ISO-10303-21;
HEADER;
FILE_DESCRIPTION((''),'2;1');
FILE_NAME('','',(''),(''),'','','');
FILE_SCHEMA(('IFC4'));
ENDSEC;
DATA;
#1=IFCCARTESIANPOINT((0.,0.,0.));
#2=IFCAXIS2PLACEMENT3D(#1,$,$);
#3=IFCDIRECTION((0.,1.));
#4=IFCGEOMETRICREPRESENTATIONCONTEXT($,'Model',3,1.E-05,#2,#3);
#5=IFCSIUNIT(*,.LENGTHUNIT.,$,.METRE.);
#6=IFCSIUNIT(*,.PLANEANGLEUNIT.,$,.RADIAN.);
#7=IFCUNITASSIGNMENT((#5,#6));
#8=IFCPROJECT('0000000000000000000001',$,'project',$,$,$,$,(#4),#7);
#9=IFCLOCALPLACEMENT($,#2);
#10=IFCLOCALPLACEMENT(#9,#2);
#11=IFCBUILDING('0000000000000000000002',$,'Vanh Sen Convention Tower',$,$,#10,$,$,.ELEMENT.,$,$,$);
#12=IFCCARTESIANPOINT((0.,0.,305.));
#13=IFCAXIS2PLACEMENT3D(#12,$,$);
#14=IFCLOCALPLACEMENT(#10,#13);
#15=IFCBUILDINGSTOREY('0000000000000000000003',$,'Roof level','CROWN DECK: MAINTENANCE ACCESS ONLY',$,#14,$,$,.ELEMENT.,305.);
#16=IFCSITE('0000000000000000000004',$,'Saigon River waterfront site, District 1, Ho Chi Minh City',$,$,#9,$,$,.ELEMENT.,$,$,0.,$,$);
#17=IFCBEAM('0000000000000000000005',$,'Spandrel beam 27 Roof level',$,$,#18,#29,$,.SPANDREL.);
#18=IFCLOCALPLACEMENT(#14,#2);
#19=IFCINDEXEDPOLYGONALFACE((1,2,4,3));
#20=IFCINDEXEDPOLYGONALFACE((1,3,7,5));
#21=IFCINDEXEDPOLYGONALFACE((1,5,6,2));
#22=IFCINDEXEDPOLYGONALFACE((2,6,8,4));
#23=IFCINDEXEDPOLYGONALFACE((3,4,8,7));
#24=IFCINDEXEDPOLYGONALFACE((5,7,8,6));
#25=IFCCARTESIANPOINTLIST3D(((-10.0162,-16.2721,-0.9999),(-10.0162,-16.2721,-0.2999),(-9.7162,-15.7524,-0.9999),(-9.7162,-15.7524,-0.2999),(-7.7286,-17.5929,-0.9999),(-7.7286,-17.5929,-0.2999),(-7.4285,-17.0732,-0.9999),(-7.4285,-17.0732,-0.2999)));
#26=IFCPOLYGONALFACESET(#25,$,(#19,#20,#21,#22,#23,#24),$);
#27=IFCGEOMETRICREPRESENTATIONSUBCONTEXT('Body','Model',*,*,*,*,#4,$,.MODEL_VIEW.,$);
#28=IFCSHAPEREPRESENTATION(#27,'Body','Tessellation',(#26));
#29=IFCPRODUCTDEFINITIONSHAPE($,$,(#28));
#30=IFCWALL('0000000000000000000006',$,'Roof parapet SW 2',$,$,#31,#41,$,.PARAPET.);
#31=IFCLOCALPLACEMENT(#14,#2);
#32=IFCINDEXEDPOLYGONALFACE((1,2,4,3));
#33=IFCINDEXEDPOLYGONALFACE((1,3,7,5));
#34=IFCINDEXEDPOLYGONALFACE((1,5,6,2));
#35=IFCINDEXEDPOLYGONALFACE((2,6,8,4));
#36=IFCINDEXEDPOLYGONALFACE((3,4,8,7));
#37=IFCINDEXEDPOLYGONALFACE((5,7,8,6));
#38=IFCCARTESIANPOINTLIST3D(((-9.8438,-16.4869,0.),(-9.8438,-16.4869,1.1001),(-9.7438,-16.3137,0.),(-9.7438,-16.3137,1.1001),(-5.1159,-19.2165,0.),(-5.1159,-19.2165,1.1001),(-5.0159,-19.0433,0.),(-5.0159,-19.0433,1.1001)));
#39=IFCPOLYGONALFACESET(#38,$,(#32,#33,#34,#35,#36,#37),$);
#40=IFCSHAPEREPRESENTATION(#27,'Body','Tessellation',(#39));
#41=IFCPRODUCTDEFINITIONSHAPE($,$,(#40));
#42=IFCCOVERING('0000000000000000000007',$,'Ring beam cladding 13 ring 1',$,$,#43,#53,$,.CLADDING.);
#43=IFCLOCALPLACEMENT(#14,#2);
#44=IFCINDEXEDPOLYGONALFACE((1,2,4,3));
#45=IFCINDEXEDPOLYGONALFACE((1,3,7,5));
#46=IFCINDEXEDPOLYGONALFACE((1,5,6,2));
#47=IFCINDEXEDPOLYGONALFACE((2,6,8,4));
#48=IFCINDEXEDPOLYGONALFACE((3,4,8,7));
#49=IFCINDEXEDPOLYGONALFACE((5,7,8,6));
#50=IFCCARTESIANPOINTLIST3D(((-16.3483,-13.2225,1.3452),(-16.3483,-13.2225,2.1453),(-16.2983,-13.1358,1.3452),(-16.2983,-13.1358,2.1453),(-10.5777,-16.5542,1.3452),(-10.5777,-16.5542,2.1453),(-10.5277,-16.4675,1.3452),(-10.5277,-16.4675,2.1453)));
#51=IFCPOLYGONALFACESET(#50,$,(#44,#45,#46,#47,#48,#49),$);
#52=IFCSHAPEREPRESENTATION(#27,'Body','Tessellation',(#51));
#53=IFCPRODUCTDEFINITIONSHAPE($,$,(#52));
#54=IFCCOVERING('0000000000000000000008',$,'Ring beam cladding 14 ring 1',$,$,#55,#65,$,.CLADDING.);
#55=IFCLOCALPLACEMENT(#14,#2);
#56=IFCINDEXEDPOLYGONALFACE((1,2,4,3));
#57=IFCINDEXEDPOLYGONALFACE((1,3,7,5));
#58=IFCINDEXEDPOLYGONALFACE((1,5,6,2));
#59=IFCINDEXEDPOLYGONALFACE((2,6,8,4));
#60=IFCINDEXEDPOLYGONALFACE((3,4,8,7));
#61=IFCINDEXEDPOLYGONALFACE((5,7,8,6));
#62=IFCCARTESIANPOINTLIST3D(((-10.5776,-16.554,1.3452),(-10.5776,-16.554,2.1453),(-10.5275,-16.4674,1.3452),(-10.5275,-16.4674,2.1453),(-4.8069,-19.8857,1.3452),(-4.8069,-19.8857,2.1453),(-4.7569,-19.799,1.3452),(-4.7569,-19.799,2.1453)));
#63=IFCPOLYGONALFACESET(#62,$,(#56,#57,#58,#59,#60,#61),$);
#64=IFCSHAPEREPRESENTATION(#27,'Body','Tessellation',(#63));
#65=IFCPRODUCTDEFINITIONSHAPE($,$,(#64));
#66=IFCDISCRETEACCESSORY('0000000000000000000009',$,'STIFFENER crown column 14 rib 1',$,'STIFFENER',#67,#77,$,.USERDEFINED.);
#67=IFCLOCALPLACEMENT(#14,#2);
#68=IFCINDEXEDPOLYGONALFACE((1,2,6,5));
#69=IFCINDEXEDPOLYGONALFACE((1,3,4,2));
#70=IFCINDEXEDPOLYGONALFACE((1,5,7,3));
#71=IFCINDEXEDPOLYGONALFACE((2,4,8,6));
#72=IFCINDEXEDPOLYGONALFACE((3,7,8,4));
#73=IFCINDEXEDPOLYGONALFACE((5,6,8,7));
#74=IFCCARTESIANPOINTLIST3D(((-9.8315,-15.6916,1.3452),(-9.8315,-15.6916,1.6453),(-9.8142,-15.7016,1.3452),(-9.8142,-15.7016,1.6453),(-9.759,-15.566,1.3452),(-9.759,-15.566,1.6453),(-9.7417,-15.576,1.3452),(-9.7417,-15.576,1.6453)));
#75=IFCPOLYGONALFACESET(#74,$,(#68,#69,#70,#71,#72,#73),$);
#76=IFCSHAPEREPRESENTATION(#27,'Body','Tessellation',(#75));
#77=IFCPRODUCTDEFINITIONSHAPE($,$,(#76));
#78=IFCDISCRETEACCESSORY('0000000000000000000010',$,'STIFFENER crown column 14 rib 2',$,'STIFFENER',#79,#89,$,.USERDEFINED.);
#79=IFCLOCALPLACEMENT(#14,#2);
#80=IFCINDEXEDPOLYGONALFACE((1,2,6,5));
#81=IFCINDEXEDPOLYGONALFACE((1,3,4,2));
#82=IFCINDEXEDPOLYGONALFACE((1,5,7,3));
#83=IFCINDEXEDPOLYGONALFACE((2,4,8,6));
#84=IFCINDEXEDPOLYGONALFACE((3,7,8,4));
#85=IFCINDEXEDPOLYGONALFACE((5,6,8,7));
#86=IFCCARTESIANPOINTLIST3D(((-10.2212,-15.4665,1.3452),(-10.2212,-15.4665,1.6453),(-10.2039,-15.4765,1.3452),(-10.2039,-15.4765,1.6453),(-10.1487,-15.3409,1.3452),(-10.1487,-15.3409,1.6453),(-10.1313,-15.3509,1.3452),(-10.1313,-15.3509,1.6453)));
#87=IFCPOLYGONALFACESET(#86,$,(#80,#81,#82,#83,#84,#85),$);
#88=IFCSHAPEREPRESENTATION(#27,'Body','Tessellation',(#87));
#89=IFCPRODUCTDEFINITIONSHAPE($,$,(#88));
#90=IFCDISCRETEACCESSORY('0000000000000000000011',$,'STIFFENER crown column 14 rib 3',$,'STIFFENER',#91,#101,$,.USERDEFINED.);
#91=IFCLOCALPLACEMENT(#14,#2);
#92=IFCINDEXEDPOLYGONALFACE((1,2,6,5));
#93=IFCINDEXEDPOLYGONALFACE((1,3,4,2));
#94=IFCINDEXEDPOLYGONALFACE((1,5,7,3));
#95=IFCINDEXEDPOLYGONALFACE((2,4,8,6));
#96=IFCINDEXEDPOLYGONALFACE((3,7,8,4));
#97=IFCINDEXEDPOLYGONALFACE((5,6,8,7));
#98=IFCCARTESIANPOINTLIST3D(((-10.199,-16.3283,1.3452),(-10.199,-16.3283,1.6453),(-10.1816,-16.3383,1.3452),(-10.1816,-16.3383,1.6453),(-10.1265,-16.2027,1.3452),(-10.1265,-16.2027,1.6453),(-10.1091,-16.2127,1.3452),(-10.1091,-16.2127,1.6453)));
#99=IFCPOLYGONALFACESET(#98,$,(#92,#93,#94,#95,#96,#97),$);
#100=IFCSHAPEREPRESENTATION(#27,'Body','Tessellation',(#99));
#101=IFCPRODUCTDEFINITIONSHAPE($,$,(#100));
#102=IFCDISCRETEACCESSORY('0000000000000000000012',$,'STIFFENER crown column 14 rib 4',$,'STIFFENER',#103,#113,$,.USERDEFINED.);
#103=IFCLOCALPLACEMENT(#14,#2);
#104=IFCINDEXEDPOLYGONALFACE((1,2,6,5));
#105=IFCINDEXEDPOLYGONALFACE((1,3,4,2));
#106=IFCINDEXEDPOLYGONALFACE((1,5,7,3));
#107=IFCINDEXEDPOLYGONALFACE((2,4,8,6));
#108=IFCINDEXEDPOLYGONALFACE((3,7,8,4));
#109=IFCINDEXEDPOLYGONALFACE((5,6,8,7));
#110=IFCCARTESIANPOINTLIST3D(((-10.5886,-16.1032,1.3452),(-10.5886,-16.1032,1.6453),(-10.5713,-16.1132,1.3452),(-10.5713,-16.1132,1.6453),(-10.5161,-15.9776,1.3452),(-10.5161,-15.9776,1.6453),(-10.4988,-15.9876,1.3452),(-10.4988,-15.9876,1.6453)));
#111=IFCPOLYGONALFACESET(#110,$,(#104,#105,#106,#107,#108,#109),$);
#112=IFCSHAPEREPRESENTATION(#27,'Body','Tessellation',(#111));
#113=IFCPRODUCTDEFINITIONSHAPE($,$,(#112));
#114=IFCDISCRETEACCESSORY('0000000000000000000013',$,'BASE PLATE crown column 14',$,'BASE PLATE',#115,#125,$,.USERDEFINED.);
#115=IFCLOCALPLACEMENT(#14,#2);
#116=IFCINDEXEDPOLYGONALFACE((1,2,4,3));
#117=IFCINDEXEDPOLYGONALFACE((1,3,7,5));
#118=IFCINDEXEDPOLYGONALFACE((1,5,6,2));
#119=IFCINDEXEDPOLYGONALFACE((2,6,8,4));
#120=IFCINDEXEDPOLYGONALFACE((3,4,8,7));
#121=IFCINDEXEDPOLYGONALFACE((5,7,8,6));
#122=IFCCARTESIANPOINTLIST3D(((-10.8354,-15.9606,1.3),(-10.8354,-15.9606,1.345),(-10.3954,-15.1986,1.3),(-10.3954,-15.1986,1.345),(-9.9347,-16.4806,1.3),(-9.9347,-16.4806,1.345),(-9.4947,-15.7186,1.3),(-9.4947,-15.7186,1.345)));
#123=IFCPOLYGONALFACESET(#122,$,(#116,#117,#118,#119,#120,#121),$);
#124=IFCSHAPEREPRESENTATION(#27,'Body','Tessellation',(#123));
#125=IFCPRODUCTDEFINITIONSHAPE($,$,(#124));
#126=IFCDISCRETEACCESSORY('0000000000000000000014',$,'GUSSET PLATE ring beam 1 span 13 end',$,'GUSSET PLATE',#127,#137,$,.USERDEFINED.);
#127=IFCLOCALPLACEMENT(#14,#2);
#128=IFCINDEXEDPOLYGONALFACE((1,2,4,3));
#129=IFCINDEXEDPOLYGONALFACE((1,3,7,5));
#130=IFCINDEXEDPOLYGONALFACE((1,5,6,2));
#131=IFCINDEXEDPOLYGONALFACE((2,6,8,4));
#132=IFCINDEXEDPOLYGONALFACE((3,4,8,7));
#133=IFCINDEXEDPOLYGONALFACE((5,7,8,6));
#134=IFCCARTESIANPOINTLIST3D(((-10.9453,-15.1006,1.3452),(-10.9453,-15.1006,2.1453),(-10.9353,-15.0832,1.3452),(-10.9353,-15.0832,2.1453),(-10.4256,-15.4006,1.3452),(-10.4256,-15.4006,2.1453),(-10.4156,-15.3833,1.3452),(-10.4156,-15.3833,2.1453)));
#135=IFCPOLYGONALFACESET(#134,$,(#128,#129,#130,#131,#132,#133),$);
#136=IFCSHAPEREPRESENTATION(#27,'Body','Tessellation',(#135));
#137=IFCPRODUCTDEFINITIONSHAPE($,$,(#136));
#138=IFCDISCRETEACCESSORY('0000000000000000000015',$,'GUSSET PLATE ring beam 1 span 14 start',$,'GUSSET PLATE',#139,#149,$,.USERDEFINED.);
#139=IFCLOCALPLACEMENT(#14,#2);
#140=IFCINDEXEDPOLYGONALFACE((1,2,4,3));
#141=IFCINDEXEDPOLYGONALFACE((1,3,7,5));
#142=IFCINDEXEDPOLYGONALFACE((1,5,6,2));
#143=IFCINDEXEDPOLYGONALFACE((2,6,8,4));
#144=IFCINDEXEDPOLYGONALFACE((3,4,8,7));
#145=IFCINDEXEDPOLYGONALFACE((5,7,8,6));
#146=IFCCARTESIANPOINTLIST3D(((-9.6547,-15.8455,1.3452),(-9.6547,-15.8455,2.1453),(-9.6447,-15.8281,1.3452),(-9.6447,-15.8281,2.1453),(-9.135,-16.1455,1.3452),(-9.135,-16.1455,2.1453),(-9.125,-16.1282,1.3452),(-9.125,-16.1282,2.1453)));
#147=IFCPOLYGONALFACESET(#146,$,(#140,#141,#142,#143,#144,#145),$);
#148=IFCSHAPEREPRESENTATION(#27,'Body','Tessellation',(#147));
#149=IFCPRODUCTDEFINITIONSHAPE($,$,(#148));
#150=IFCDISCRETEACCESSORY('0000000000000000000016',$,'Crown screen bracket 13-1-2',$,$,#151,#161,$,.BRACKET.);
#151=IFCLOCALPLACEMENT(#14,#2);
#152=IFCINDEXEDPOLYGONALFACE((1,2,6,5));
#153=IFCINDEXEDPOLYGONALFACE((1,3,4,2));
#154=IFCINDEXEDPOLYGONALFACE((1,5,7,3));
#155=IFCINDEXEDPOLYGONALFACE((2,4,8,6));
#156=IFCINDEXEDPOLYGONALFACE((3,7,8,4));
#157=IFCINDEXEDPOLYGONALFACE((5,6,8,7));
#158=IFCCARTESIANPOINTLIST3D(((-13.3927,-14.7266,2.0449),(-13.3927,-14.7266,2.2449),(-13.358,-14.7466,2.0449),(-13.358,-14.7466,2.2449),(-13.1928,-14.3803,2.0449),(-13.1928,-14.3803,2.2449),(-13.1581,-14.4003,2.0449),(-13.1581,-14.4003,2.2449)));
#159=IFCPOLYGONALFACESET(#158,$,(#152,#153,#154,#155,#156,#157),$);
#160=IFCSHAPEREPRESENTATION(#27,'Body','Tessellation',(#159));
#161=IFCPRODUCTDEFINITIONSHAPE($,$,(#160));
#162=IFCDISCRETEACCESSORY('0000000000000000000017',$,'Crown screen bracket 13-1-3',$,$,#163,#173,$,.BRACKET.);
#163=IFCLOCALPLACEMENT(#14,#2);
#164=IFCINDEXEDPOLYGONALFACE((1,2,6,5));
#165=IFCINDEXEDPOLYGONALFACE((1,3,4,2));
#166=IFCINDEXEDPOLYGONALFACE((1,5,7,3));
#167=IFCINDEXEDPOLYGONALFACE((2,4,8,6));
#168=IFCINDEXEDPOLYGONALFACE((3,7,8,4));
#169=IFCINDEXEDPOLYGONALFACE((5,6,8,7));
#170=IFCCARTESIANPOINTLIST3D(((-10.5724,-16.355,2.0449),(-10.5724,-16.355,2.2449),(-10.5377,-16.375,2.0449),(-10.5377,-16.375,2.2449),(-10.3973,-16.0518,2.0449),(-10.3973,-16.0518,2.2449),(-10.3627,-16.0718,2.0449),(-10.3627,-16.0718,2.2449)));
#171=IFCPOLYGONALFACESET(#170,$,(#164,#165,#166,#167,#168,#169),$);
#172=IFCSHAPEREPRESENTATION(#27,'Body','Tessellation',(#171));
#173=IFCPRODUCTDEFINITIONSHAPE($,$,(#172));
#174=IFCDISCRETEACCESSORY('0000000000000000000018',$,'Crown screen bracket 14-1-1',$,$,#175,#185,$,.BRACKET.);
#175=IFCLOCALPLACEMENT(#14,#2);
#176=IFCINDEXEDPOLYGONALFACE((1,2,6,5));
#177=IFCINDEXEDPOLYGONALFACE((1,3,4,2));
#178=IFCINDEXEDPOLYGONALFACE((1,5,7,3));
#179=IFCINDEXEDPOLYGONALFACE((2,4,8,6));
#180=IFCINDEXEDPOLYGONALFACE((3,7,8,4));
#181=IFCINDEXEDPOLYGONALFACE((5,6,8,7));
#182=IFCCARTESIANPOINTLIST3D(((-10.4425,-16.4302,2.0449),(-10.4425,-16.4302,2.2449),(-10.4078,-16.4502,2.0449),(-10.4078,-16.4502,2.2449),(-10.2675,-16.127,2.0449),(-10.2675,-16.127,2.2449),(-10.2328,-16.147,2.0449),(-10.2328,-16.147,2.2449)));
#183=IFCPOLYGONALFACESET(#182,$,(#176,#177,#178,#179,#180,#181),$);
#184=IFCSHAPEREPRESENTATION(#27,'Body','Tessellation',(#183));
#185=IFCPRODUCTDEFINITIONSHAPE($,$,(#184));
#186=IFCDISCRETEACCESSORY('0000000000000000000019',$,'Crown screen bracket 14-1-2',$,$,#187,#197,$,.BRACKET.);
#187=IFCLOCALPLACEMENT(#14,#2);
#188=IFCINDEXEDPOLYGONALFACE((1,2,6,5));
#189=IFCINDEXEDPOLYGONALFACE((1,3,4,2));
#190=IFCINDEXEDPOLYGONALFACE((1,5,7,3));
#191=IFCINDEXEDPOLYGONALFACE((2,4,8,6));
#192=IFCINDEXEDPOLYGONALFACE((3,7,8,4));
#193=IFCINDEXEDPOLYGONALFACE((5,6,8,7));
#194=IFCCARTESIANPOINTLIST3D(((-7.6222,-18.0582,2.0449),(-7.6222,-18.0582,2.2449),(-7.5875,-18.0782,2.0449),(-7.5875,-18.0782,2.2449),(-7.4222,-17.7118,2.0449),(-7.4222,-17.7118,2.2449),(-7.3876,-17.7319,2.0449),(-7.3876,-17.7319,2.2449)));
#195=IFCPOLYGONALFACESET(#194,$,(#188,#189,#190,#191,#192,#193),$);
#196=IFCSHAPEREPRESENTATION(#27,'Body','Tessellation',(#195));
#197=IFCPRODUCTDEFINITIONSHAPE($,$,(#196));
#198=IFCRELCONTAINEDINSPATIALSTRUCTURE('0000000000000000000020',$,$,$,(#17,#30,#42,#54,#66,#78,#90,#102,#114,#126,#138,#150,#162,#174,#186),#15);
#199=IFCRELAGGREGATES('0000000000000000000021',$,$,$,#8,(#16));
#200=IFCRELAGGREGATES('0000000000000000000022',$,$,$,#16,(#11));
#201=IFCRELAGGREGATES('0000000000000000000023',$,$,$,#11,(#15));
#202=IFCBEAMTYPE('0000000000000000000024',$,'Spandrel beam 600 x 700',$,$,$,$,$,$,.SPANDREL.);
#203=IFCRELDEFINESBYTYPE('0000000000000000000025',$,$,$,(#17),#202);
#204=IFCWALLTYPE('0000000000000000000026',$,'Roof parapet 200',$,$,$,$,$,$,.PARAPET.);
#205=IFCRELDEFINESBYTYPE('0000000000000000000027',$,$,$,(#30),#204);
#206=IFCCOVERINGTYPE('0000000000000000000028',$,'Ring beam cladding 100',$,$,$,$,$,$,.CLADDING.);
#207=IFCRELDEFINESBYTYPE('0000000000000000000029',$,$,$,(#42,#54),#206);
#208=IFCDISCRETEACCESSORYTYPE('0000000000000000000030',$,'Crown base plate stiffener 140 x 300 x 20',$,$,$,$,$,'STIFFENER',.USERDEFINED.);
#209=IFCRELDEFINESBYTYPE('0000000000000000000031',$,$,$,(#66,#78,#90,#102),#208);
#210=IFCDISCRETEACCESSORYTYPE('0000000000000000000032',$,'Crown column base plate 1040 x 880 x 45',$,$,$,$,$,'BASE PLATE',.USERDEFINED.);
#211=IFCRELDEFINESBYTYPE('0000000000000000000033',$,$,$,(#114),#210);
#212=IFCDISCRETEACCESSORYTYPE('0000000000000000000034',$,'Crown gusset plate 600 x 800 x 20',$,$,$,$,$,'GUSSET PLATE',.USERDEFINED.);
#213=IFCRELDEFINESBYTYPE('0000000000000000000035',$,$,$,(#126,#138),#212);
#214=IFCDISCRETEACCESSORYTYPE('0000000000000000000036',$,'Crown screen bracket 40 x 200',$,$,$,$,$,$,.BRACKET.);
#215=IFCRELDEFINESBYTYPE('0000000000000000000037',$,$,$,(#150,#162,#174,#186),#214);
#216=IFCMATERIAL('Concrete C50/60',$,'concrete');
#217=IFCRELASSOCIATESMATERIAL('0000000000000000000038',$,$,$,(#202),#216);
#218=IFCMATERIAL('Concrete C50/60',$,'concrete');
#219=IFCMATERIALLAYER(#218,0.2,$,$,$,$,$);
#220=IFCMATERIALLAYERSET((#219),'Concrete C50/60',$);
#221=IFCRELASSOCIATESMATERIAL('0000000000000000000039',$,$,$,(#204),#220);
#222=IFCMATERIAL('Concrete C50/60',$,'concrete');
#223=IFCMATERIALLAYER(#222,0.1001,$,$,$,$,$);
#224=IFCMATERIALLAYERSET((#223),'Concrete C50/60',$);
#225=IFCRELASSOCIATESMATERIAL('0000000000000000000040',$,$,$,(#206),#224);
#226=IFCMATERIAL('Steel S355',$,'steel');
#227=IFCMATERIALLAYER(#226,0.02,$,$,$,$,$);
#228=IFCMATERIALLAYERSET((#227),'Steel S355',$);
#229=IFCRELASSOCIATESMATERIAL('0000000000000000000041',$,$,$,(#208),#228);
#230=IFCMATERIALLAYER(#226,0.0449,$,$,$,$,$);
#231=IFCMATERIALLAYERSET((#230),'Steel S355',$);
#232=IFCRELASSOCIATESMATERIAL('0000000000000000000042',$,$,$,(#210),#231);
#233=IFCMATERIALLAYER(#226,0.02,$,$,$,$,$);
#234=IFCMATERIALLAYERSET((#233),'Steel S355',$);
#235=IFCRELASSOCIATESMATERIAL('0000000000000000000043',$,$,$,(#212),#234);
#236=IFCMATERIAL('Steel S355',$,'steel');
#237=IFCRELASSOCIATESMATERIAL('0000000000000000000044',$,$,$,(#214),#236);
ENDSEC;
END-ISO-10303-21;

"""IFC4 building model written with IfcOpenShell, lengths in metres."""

from ifc_helpers import new_model, si_unit, direction, frame, frame_2d, origin, origin_2d, place, context, subcontext, project, spatial, rectangle, extrude, material, layer, layer_set, material_profile, profile_set, type_object, element, save


model = new_model("IFC4")

# Units and contexts
model_context = context("Model", 3, precision=1e-05, world=origin(), true_north=direction((0.0, 1.0)))
body_context = subcontext(model_context, "Body", "Model", "MODEL_VIEW")
ifc_project = project(units=[si_unit("LENGTHUNIT", "METRE"), si_unit("PLANEANGLEUNIT", "RADIAN")], contexts=[model_context])

# Site, building, storey
site_placement = place(None, origin())
site = spatial("IfcSite", under=ifc_project, at=site_placement, Name="Saigon River waterfront site, District 1, Ho Chi Minh City", CompositionType="ELEMENT", RefElevation=0.0)
building_placement = place(site_placement, origin())
building = spatial("IfcBuilding", under=site, at=building_placement, Name="Vanh Sen Convention Tower", CompositionType="ELEMENT")
storey_placement = place(building_placement, frame((0.0, 0.0, 305.0)))
storey = spatial("IfcBuildingStorey", under=building, at=storey_placement, Name="Roof level", Description="CROWN DECK: MAINTENANCE ACCESS ONLY", CompositionType="ELEMENT", Elevation=305.0)

# Beam
ifc_material_1 = material(Name="Concrete C50/60", Category="concrete")
ifc_material_profile_1 = material_profile(ifc_material_1, rectangle(XDim=0.6001, YDim=0.7, at=origin_2d()), Name="RC 600X700")
ifc_profile_set_1 = profile_set([ifc_material_profile_1], Name="Concrete C50/60")
beam_type_1 = type_object("IfcBeamType", Name="Spandrel beam 600 x 700", PredefinedType="SPANDREL", material=ifc_profile_set_1)
beam_1_placement = place(storey_placement, frame((-9.8662, -16.0122, -0.6499), z_axis=(0.866016, -0.500016, 0.0), x_axis=(0.500016, 0.866016, 0.0)))
element("IfcBeam", 1, at=beam_1_placement, inside=storey, type_object=beam_type_1, Name="Spandrel beam 27 Roof level", PredefinedType="SPANDREL", context=body_context, shape_type="SweptSolid", body=[
    extrude(rectangle(XDim=0.6001, YDim=0.7, at=origin_2d()), origin(), (0.0, 0.0, 1.0), 2.6416),
])

# Wall
ifc_material_2 = material(Name="Concrete C50/60", Category="concrete")
ifc_layer_1 = layer(ifc_material_2, 0.2)
ifc_layer_set_1 = layer_set([ifc_layer_1], Name="Concrete C50/60")
wall_type = type_object("IfcWallType", Name="Roof parapet 200", PredefinedType="PARAPET", material=ifc_layer_set_1)
wall_placement = place(storey_placement, frame((-9.7937, -16.4004, 0.0), z_axis=(0.0, 0.0, 1.0), x_axis=(0.866033, -0.499987, 0.0)))
element("IfcWall", 2, at=wall_placement, inside=storey, type_object=wall_type, Name="Roof parapet SW 2", PredefinedType="PARAPET", context=body_context, shape_type="SweptSolid", body=[
    extrude(rectangle(XDim=5.4592, YDim=0.2, at=frame_2d((2.7295, 0.0))), origin(), (0.0, 0.0, 1.0), 1.1001),
])

# Coverings
ifc_material_3 = material(Name="Concrete C50/60", Category="concrete")
ifc_layer_2 = layer(ifc_material_3, 0.1001)
ifc_layer_set_2 = layer_set([ifc_layer_2], Name="Concrete C50/60")
covering_type = type_object("IfcCoveringType", Name="Ring beam cladding 100", PredefinedType="CLADDING", material=ifc_layer_set_2)
for number, where, z_axis, x_axis, name in (
    (3, (-13.438, -14.845, 1.3452), (0.0, 0.0, 1.0), (0.866023, -0.500005, 0.0), "Ring beam cladding 13 ring 1"),
    (4, (-7.6672, -18.1765, 1.3452), (0.0, 0.0, 1.0), (0.866029, -0.499994, 0.0), "Ring beam cladding 14 ring 1"),
):
    element("IfcCovering", number, at=place(storey_placement, frame(where, z_axis=z_axis, x_axis=x_axis)), inside=storey, type_object=covering_type, Name=name, PredefinedType="CLADDING", context=body_context, shape_type="SweptSolid", body=[
        extrude(rectangle(XDim=6.6633, YDim=0.1001, at=origin_2d()), origin(), (0.0, 0.0, 1.0), 0.8),
    ])

# Discrete accessories
ifc_material_4 = material(Name="Steel S355", Category="steel")
ifc_layer_3 = layer(ifc_material_4, 0.02)
ifc_layer_set_3 = layer_set([ifc_layer_3], Name="Steel S355")
discrete_accessory_type_1 = type_object("IfcDiscreteAccessoryType", Name="Crown base plate stiffener 140 x 300 x 20", ElementType="STIFFENER", PredefinedType="USERDEFINED", material=ifc_layer_set_3)
for number, where, z_axis, x_axis, name in (
    (5, (-9.7866, -15.6338, 1.3452), (0.0, 0.0, 1.0), (0.5, 0.866025, 0.0), "STIFFENER crown column 14 rib 1"),
    (6, (-10.1763, -15.4087, 1.3452), (0.0, 0.0, 1.0), (0.5, 0.866025, 0.0), "STIFFENER crown column 14 rib 2"),
    (7, (-10.1541, -16.2705, 1.3452), (0.0, 0.0, 1.0), (0.5, 0.866025, 0.0), "STIFFENER crown column 14 rib 3"),
    (8, (-10.5437, -16.0454, 1.3452), (0.0, 0.0, 1.0), (0.5, 0.866025, 0.0), "STIFFENER crown column 14 rib 4"),
):
    element("IfcDiscreteAccessory", number, at=place(storey_placement, frame(where, z_axis=z_axis, x_axis=x_axis)), inside=storey, type_object=discrete_accessory_type_1, Name=name, ObjectType="STIFFENER", PredefinedType="USERDEFINED", context=body_context, shape_type="SweptSolid", body=[
        extrude(rectangle(XDim=0.145, YDim=0.02, at=origin_2d()), origin(), (0.0, 0.0, 1.0), 0.3),
    ])
ifc_layer_4 = layer(ifc_material_4, 0.0449)
ifc_layer_set_4 = layer_set([ifc_layer_4], Name="Steel S355")
discrete_accessory_type_2 = type_object("IfcDiscreteAccessoryType", Name="Crown column base plate 1040 x 880 x 45", ElementType="BASE PLATE", PredefinedType="USERDEFINED", material=ifc_layer_set_4)
discrete_accessory_1_placement = place(storey_placement, frame((-10.165, -15.8396, 1.3), z_axis=(0.0, 0.0, 1.0), x_axis=(0.866025, -0.5, 0.0)))
element("IfcDiscreteAccessory", 9, at=discrete_accessory_1_placement, inside=storey, type_object=discrete_accessory_type_2, Name="BASE PLATE crown column 14", ObjectType="BASE PLATE", PredefinedType="USERDEFINED", context=body_context, shape_type="SweptSolid", body=[
    extrude(rectangle(XDim=1.04, YDim=0.8799, at=origin_2d()), origin(), (0.0, 0.0, 1.0), 0.0449),
])
ifc_layer_5 = layer(ifc_material_4, 0.02)
ifc_layer_set_5 = layer_set([ifc_layer_5], Name="Steel S355")
discrete_accessory_type_3 = type_object("IfcDiscreteAccessoryType", Name="Crown gusset plate 600 x 800 x 20", ElementType="GUSSET PLATE", PredefinedType="USERDEFINED", material=ifc_layer_set_5)
for number, where, z_axis, x_axis, name in (
    (10, (-10.6804, -15.2419, 1.3452), (0.0, 0.0, 1.0), (-0.866023, 0.500005, 0.0), "GUSSET PLATE ring beam 1 span 13 end"),
    (11, (-9.3899, -15.9868, 1.3452), (0.0, 0.0, 1.0), (0.866029, -0.499994, 0.0), "GUSSET PLATE ring beam 1 span 14 start"),
):
    element("IfcDiscreteAccessory", number, at=place(storey_placement, frame(where, z_axis=z_axis, x_axis=x_axis)), inside=storey, type_object=discrete_accessory_type_3, Name=name, ObjectType="GUSSET PLATE", PredefinedType="USERDEFINED", context=body_context, shape_type="SweptSolid", body=[
        extrude(rectangle(XDim=0.6001, YDim=0.02, at=origin_2d()), origin(), (0.0, 0.0, 1.0), 0.8),
    ])
ifc_material_5 = material(Name="Steel S355", Category="steel")
discrete_accessory_type_4 = type_object("IfcDiscreteAccessoryType", Name="Crown screen bracket 40 x 200", PredefinedType="BRACKET", material=ifc_material_5)
discrete_accessory_2_placement = place(storey_placement, frame((-13.2754, -14.5635, 2.0449), z_axis=(0.0, 0.0, 1.0), x_axis=(-0.500005, -0.866023, 0.0)))
element("IfcDiscreteAccessory", 12, at=discrete_accessory_2_placement, inside=storey, type_object=discrete_accessory_type_4, Name="Crown screen bracket 13-1-2", PredefinedType="BRACKET", context=body_context, shape_type="SweptSolid", body=[
    extrude(rectangle(XDim=0.3999, YDim=0.04, at=origin_2d()), origin(), (0.0, 0.0, 1.0), 0.2),
])
for number, where, z_axis, x_axis, name in (
    (13, (-10.4675, -16.2134, 2.0449), (0.0, 0.0, 1.0), (-0.500005, -0.866023, 0.0), "Crown screen bracket 13-1-3"),
    (14, (-10.3376, -16.2886, 2.0449), (0.0, 0.0, 1.0), (-0.499994, -0.866029, 0.0), "Crown screen bracket 14-1-1"),
):
    element("IfcDiscreteAccessory", number, at=place(storey_placement, frame(where, z_axis=z_axis, x_axis=x_axis)), inside=storey, type_object=discrete_accessory_type_4, Name=name, PredefinedType="BRACKET", context=body_context, shape_type="SweptSolid", body=[
        extrude(rectangle(XDim=0.3501, YDim=0.04, at=origin_2d()), origin(), (0.0, 0.0, 1.0), 0.2),
    ])
discrete_accessory_3_placement = place(storey_placement, frame((-7.5049, -17.895, 2.0449), z_axis=(0.0, 0.0, 1.0), x_axis=(-0.499994, -0.866029, 0.0)))
element("IfcDiscreteAccessory", 15, at=discrete_accessory_3_placement, inside=storey, type_object=discrete_accessory_type_4, Name="Crown screen bracket 14-1-2", PredefinedType="BRACKET", context=body_context, shape_type="SweptSolid", body=[
    extrude(rectangle(XDim=0.3999, YDim=0.04, at=origin_2d()), origin(), (0.0, 0.0, 1.0), 0.2),
])

save(model, "model.ifc")
